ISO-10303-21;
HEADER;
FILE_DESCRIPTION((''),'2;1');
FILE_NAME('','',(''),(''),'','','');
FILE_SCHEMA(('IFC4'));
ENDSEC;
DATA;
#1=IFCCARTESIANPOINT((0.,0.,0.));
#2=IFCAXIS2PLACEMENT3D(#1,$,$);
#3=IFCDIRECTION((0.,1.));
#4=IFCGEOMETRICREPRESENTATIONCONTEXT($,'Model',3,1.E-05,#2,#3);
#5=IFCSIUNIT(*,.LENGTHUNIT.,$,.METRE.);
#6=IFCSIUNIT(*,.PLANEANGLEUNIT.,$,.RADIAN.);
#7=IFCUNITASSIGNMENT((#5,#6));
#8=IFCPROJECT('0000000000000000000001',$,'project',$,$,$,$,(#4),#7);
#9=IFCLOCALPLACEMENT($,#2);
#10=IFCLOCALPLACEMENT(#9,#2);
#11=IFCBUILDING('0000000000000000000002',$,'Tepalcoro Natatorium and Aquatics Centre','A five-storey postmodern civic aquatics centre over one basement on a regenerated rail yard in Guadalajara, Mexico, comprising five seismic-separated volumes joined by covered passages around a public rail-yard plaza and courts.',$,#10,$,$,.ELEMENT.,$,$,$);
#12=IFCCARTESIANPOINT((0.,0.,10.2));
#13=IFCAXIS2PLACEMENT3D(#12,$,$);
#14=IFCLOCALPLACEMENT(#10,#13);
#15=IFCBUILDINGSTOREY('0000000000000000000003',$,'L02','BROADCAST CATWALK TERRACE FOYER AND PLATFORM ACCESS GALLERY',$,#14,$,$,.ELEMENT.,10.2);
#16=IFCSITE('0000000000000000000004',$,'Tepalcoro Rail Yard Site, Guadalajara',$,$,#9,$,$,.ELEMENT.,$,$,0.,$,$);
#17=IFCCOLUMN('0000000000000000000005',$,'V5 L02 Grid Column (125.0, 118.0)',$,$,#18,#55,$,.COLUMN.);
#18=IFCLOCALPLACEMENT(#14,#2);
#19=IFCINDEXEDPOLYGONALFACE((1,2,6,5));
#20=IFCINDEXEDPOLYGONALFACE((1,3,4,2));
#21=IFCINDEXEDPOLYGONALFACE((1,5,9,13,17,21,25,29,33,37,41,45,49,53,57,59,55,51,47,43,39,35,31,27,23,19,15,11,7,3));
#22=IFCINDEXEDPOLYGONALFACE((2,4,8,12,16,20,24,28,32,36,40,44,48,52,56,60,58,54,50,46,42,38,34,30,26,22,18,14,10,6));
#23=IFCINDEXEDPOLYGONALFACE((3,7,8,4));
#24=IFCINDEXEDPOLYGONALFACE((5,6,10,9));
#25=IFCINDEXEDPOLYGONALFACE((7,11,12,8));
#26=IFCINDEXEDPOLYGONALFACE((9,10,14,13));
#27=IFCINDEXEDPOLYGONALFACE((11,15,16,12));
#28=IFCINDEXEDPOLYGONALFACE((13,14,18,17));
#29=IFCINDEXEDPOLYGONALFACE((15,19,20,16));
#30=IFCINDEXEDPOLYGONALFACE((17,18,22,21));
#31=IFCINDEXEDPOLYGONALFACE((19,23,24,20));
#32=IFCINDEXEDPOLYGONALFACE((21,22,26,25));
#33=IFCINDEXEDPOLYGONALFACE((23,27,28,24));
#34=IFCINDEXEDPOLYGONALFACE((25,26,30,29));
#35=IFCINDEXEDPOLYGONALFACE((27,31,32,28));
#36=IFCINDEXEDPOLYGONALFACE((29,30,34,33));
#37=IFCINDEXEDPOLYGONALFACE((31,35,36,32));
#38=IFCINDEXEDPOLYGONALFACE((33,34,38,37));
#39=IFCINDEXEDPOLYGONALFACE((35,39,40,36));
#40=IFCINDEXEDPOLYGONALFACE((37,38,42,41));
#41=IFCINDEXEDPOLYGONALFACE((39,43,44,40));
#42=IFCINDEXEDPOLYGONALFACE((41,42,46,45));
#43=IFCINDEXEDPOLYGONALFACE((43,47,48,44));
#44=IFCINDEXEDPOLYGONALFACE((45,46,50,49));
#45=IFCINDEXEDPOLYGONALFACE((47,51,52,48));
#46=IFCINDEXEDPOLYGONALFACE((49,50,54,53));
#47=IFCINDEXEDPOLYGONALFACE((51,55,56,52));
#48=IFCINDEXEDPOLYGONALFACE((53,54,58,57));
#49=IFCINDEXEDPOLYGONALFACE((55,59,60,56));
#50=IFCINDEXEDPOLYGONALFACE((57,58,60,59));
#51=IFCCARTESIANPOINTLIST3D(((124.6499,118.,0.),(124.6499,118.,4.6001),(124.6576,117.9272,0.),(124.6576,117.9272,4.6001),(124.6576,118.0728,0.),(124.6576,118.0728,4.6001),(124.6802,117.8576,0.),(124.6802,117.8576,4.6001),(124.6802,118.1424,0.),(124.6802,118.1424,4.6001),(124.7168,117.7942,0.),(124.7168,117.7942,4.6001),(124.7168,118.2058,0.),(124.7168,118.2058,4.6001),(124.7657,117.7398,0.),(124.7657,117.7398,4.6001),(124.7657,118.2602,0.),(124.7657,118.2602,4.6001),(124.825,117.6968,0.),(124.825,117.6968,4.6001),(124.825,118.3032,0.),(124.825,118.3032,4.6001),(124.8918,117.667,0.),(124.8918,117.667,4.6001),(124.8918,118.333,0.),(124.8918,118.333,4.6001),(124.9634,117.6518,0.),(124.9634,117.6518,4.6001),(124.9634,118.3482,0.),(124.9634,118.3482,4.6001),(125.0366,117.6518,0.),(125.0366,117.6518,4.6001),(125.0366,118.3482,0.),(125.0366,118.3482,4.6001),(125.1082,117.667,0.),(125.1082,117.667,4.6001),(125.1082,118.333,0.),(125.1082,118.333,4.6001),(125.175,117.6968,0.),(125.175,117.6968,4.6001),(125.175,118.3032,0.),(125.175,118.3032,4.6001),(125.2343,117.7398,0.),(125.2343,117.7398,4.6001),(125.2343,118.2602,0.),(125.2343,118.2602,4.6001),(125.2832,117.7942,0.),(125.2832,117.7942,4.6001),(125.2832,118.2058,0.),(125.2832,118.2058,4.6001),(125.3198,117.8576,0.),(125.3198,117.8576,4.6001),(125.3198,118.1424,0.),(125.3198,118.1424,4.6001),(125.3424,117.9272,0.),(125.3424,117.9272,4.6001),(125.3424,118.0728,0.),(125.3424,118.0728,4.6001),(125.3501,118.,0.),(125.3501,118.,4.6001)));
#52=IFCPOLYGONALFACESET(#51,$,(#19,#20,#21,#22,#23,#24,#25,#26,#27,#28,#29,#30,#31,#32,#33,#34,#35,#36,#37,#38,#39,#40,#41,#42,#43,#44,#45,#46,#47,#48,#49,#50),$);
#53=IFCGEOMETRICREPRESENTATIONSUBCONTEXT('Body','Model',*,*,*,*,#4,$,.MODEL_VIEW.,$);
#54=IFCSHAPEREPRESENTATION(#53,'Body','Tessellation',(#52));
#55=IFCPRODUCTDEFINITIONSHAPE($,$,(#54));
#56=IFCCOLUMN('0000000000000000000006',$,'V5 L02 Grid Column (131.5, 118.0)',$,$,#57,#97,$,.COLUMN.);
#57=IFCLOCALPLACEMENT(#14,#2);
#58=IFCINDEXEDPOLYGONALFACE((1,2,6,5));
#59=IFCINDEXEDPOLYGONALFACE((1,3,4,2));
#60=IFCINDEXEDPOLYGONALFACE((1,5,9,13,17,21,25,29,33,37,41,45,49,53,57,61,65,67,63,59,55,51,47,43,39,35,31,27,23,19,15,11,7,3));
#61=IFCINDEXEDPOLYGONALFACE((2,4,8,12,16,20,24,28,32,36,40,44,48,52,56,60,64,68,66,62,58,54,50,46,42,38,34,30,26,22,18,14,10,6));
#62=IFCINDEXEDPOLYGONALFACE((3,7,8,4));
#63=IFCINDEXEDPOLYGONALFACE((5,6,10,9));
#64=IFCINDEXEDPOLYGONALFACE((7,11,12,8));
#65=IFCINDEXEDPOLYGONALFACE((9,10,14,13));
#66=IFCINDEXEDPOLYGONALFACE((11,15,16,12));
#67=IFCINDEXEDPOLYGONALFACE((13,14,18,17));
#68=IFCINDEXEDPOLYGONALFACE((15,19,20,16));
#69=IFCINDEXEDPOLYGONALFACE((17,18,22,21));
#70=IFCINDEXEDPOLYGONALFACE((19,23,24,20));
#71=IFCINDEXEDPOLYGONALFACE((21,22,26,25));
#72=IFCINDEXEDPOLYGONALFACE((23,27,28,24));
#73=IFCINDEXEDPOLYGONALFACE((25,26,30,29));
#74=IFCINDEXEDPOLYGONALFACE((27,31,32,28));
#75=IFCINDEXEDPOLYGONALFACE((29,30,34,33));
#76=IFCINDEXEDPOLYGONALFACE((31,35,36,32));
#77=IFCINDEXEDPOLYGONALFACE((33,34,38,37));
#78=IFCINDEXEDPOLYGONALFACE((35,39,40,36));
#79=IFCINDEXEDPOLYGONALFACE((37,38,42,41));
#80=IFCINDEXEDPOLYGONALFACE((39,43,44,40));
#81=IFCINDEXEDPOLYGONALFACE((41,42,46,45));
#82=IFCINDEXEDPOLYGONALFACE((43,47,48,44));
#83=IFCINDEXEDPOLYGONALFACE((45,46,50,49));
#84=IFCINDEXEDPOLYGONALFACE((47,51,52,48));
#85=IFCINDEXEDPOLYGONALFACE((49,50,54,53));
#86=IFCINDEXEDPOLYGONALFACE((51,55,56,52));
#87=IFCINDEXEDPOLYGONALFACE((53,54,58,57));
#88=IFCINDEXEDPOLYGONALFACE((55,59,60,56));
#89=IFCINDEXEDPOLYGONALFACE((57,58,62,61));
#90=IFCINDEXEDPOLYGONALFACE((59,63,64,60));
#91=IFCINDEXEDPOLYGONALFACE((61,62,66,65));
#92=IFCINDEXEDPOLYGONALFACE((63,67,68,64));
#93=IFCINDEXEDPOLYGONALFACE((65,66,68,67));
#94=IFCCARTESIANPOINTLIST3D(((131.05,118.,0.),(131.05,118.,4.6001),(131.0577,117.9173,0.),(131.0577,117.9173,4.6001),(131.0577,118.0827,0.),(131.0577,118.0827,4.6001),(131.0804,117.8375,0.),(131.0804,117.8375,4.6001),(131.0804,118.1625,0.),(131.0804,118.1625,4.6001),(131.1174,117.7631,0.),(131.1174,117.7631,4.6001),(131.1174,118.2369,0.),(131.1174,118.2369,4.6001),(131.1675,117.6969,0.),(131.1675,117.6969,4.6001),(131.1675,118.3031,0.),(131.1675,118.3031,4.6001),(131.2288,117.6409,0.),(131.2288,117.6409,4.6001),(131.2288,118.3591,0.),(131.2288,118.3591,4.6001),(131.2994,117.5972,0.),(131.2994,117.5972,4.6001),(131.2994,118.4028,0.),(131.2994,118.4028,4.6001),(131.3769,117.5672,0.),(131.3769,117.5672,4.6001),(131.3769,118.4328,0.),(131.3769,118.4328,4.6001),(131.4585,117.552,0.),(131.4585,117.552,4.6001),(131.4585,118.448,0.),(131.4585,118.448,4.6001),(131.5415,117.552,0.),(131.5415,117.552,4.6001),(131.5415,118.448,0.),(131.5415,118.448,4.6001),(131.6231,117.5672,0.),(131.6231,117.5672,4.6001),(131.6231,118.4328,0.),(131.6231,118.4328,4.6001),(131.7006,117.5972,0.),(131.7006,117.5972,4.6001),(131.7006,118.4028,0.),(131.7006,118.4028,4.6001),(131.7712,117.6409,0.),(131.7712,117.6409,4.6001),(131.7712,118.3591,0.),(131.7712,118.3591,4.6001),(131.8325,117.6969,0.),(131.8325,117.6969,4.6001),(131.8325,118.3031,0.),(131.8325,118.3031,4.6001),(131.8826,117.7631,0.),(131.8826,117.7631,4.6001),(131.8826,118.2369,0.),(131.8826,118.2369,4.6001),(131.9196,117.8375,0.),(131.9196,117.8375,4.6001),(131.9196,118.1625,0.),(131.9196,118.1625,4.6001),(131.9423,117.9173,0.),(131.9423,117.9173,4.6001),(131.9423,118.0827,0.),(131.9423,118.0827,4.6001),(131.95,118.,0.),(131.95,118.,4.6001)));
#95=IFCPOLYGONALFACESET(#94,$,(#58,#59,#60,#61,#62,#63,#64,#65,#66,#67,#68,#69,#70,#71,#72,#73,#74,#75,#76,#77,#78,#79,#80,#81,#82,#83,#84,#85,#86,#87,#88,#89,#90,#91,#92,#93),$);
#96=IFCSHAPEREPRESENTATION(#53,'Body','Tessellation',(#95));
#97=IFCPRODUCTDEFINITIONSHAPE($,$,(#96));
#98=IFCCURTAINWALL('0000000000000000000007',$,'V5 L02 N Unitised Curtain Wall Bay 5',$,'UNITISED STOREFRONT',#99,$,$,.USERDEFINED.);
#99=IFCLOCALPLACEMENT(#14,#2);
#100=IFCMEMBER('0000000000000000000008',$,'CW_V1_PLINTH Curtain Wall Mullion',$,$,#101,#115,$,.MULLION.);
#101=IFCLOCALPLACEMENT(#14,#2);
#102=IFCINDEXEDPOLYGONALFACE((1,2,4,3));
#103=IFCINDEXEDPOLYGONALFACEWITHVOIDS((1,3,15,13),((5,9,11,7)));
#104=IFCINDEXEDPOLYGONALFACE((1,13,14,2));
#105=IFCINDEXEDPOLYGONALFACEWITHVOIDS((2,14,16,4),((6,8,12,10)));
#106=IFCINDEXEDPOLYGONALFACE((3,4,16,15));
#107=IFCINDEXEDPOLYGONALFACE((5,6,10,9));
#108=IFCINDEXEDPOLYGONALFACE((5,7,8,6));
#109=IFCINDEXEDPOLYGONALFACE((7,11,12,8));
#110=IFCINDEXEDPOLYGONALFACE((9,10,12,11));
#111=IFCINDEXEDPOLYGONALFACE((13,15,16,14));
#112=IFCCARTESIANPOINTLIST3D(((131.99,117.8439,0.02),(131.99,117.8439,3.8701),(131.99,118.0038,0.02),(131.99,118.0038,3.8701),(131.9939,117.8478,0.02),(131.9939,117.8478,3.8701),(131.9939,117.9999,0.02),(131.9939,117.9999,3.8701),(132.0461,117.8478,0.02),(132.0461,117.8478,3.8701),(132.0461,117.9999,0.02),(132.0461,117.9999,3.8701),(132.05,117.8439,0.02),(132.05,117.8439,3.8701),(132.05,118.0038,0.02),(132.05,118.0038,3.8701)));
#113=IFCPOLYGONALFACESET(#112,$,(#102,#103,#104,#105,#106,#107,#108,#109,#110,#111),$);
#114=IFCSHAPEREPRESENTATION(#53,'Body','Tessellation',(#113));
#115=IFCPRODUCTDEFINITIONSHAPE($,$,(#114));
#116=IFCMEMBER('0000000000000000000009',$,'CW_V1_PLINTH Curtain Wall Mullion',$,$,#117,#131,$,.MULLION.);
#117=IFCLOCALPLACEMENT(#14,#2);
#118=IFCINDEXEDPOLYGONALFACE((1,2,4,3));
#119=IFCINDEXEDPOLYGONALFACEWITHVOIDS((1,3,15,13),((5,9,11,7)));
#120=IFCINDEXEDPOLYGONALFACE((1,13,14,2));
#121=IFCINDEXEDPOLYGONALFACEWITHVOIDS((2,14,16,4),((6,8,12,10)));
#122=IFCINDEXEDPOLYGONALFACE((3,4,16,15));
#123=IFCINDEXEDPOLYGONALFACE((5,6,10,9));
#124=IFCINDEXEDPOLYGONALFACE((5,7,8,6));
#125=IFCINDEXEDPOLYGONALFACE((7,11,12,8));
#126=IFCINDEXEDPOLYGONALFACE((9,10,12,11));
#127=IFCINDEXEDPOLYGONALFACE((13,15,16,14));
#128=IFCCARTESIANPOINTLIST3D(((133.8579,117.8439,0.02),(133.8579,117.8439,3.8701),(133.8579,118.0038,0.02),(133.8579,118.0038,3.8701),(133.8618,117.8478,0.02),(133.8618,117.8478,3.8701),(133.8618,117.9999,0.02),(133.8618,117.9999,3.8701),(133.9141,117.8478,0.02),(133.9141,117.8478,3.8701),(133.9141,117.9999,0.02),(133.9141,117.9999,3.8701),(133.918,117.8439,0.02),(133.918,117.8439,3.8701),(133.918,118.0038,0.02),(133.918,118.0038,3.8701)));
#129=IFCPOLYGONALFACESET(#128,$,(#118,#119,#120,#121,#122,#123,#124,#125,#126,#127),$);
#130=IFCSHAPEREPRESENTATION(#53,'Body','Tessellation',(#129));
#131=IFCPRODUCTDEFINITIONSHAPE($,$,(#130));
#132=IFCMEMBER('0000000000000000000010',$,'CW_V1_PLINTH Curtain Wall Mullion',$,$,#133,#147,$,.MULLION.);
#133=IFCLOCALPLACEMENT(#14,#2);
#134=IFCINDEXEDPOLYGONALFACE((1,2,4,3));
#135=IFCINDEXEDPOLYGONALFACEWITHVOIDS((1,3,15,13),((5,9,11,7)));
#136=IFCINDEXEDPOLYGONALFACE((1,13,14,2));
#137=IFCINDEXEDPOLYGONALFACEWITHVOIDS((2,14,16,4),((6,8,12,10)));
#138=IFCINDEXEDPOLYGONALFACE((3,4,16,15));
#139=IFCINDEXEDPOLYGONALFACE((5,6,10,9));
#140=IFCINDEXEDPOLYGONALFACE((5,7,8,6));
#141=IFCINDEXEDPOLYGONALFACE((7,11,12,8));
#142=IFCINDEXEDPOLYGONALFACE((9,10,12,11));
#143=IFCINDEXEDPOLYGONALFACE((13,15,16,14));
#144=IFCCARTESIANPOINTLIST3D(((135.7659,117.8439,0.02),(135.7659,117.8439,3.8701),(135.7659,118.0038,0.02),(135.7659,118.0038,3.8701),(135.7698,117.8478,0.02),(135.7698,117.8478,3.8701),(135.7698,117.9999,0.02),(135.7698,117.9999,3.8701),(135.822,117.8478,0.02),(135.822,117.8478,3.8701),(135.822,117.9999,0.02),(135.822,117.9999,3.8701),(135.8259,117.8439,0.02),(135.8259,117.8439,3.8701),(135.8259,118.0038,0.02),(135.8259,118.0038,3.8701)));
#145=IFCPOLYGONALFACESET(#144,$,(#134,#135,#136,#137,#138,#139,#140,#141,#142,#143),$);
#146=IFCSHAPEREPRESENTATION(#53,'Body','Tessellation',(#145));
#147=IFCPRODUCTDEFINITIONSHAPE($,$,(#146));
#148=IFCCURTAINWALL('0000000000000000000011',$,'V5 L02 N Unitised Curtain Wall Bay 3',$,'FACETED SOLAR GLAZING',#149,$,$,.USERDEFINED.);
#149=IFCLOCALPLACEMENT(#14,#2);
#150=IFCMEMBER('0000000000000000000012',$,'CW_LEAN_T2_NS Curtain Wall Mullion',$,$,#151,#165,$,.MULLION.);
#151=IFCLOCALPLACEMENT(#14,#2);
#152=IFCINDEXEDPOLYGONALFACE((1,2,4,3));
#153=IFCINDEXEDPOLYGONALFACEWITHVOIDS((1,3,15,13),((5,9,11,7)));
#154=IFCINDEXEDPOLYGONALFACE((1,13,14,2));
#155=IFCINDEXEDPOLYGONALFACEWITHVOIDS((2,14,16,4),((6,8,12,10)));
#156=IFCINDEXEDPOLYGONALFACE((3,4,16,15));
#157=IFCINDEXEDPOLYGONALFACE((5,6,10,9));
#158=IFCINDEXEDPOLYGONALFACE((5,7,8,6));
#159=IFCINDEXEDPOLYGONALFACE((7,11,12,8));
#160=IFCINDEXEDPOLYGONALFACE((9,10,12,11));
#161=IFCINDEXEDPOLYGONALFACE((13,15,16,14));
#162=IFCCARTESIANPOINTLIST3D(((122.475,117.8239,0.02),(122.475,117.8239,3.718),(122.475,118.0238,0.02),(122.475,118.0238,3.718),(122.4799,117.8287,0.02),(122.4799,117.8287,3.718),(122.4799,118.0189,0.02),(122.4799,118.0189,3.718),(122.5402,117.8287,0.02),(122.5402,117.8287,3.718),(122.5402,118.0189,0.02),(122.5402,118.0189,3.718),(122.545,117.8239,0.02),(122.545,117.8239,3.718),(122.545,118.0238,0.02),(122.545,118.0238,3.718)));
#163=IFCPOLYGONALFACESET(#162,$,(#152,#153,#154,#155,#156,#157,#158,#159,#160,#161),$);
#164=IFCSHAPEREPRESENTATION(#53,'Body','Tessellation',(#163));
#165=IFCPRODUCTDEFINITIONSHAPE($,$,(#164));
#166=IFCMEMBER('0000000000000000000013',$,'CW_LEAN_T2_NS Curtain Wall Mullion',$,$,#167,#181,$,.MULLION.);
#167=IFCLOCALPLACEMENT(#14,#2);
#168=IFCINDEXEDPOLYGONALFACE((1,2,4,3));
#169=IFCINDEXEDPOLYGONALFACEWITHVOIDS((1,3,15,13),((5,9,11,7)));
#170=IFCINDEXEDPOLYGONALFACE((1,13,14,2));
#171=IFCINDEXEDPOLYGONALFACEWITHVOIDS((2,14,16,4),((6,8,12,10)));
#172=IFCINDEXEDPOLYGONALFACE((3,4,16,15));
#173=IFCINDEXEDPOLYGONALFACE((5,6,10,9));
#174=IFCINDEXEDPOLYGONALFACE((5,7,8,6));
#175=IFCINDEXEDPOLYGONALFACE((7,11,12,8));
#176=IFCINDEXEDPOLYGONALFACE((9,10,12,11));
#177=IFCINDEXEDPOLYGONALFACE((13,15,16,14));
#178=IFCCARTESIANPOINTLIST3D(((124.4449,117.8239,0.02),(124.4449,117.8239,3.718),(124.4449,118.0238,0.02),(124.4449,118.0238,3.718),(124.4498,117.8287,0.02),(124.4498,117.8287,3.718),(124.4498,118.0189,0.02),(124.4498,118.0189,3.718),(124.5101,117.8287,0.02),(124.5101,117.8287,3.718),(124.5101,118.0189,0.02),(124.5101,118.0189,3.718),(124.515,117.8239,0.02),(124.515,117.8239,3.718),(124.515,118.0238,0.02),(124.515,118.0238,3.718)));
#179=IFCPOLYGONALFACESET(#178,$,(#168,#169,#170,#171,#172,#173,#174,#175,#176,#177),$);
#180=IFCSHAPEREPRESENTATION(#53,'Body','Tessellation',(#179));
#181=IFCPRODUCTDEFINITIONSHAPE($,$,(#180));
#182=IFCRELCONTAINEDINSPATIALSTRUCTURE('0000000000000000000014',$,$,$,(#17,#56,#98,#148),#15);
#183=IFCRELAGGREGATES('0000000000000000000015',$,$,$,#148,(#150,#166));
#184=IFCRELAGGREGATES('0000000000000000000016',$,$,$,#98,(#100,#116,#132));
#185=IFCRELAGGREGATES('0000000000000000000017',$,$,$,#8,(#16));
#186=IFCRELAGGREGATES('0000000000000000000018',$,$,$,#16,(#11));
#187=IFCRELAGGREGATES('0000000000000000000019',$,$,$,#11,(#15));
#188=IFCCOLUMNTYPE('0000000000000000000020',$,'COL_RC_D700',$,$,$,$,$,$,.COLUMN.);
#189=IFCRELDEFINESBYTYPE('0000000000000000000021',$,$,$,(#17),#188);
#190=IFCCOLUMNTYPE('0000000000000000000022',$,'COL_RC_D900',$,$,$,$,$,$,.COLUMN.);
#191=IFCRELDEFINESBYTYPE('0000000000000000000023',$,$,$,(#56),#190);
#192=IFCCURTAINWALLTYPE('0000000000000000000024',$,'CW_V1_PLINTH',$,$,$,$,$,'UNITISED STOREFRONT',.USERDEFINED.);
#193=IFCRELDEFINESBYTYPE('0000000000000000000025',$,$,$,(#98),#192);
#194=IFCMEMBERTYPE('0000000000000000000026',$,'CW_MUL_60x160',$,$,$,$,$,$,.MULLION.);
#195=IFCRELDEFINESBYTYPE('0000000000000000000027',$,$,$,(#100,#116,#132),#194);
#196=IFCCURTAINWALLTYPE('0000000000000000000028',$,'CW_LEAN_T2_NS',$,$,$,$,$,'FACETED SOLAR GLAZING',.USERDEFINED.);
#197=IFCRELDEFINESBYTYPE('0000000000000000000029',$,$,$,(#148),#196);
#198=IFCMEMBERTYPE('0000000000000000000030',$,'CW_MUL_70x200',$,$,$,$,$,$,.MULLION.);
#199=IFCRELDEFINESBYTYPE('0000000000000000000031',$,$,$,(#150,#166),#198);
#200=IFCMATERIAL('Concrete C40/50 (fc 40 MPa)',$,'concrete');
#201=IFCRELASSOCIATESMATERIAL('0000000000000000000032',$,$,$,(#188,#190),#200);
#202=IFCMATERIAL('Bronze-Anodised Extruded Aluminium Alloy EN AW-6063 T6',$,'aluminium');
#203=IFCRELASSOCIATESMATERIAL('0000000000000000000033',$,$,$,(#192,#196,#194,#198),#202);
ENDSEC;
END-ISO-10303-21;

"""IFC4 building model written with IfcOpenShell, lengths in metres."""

from ifc_helpers import new_model, si_unit, direction, frame, origin, origin_2d, place, context, subcontext, project, spatial, hollow_rectangle, circle, extrude, material, material_profile, profile_set, type_object, element, aggregate, save


model = new_model("IFC4")

# Units and contexts
model_context = context("Model", 3, precision=1e-05, world=origin(), true_north=direction((0.0, 1.0)))
body_context = subcontext(model_context, "Body", "Model", "MODEL_VIEW")
ifc_project = project(units=[si_unit("LENGTHUNIT", "METRE"), si_unit("PLANEANGLEUNIT", "RADIAN")], contexts=[model_context])

# Site, building, storey
site_placement = place(None, origin())
site = spatial("IfcSite", under=ifc_project, at=site_placement, Name="Tepalcoro Rail Yard Site, Guadalajara", CompositionType="ELEMENT", RefElevation=0.0)
building_placement = place(site_placement, origin())
building = spatial("IfcBuilding", under=site, at=building_placement, Name="Tepalcoro Natatorium and Aquatics Centre", Description="A five-storey postmodern civic aquatics centre over one basement on a regenerated rail yard in Guadalajara, Mexico, comprising five seismic-separated volumes joined by covered passages around a public rail-yard plaza and courts.", CompositionType="ELEMENT")
storey_placement = place(building_placement, frame((0.0, 0.0, 10.2)))
storey = spatial("IfcBuildingStorey", under=building, at=storey_placement, Name="L02", Description="BROADCAST CATWALK TERRACE FOYER AND PLATFORM ACCESS GALLERY", CompositionType="ELEMENT", Elevation=10.2)

# Columns
ifc_material_1 = material(Name="Concrete C40/50 (fc 40 MPa)", Category="concrete")
ifc_material_profile_1 = material_profile(ifc_material_1, circle(Radius=0.3501, at=origin_2d()), Name="RCD700")
ifc_profile_set_1 = profile_set([ifc_material_profile_1], Name="Concrete C40/50 (fc 40 MPa)")
column_type_1 = type_object("IfcColumnType", Name="COL_RC_D700", PredefinedType="COLUMN", material=ifc_profile_set_1)
column_1_placement = place(storey_placement, frame((125.0, 118.0, 0.0), z_axis=(0.0, 0.0, 1.0), x_axis=(1.0, 0.0, 0.0)))
element("IfcColumn", 1, at=column_1_placement, inside=storey, type_object=column_type_1, Name="V5 L02 Grid Column (125.0, 118.0)", PredefinedType="COLUMN", context=body_context, shape_type="SweptSolid", body=[
    extrude(circle(Radius=0.3501, at=origin_2d()), origin(), (0.0, 0.0, 1.0), 4.6001),
])
ifc_material_profile_2 = material_profile(ifc_material_1, circle(Radius=0.45, at=origin_2d()), Name="RCD900")
ifc_profile_set_2 = profile_set([ifc_material_profile_2], Name="Concrete C40/50 (fc 40 MPa)")
column_type_2 = type_object("IfcColumnType", Name="COL_RC_D900", PredefinedType="COLUMN", material=ifc_profile_set_2)
column_2_placement = place(storey_placement, frame((131.5, 118.0, 0.0), z_axis=(0.0, 0.0, 1.0), x_axis=(1.0, 0.0, 0.0)))
element("IfcColumn", 2, at=column_2_placement, inside=storey, type_object=column_type_2, Name="V5 L02 Grid Column (131.5, 118.0)", PredefinedType="COLUMN", context=body_context, shape_type="SweptSolid", body=[
    extrude(circle(Radius=0.45, at=origin_2d()), origin(), (0.0, 0.0, 1.0), 4.6001),
])

# Curtain walls, members
ifc_material_2 = material(Name="Bronze-Anodised Extruded Aluminium Alloy EN AW-6063 T6", Category="aluminium")
curtain_wall_type_1 = type_object("IfcCurtainWallType", Name="CW_V1_PLINTH", ElementType="UNITISED STOREFRONT", PredefinedType="USERDEFINED", material=ifc_material_2)
curtain_wall_1_placement = place(storey_placement, origin())
curtain_wall_1 = element("IfcCurtainWall", 3, at=curtain_wall_1_placement, inside=storey, type_object=curtain_wall_type_1, Name="V5 L02 N Unitised Curtain Wall Bay 5", ObjectType="UNITISED STOREFRONT", PredefinedType="USERDEFINED")
ifc_material_profile_3 = material_profile(ifc_material_2, hollow_rectangle(XDim=0.0601, YDim=0.1599, WallThickness=0.0039, at=origin_2d()), Name="AL60X160X4")
ifc_profile_set_3 = profile_set([ifc_material_profile_3], Name="Bronze-Anodised Extruded Aluminium Alloy EN AW-6063 T6")
member_type_1 = type_object("IfcMemberType", Name="CW_MUL_60x160", PredefinedType="MULLION", material=ifc_profile_set_3)
member_1_placement = place(storey_placement, frame((132.02, 117.9238, 0.02), z_axis=(0.0, 0.0, 1.0), x_axis=(1.0, 0.0, 0.0)))
member_1 = element("IfcMember", 4, at=member_1_placement, type_object=member_type_1, Name="CW_V1_PLINTH Curtain Wall Mullion", PredefinedType="MULLION", context=body_context, shape_type="SweptSolid", body=[
    extrude(hollow_rectangle(XDim=0.0601, YDim=0.1599, WallThickness=0.0039, at=origin_2d()), origin(), (0.0, 0.0, 1.0), 3.8501),
])
member_2_placement = place(storey_placement, frame((133.8879, 117.9238, 0.02), z_axis=(0.0, 0.0, 1.0), x_axis=(1.0, 0.0, 0.0)))
member_2 = element("IfcMember", 5, at=member_2_placement, type_object=member_type_1, Name="CW_V1_PLINTH Curtain Wall Mullion", PredefinedType="MULLION", context=body_context, shape_type="SweptSolid", body=[
    extrude(hollow_rectangle(XDim=0.0601, YDim=0.1599, WallThickness=0.0039, at=origin_2d()), origin(), (0.0, 0.0, 1.0), 3.8501),
])
member_3_placement = place(storey_placement, frame((135.7959, 117.9238, 0.02), z_axis=(0.0, 0.0, 1.0), x_axis=(1.0, 0.0, 0.0)))
member_3 = element("IfcMember", 6, at=member_3_placement, type_object=member_type_1, Name="CW_V1_PLINTH Curtain Wall Mullion", PredefinedType="MULLION", context=body_context, shape_type="SweptSolid", body=[
    extrude(hollow_rectangle(XDim=0.0601, YDim=0.1599, WallThickness=0.0039, at=origin_2d()), origin(), (0.0, 0.0, 1.0), 3.8501),
])
curtain_wall_type_2 = type_object("IfcCurtainWallType", Name="CW_LEAN_T2_NS", ElementType="FACETED SOLAR GLAZING", PredefinedType="USERDEFINED", material=ifc_material_2)
curtain_wall_2_placement = place(storey_placement, origin())
curtain_wall_2 = element("IfcCurtainWall", 7, at=curtain_wall_2_placement, inside=storey, type_object=curtain_wall_type_2, Name="V5 L02 N Unitised Curtain Wall Bay 3", ObjectType="FACETED SOLAR GLAZING", PredefinedType="USERDEFINED")
ifc_material_profile_4 = material_profile(ifc_material_2, hollow_rectangle(XDim=0.0701, YDim=0.2, WallThickness=0.0049, at=origin_2d()), Name="AL70X200X5")
ifc_profile_set_4 = profile_set([ifc_material_profile_4], Name="Bronze-Anodised Extruded Aluminium Alloy EN AW-6063 T6")
member_type_2 = type_object("IfcMemberType", Name="CW_MUL_70x200", PredefinedType="MULLION", material=ifc_profile_set_4)
member_4_placement = place(storey_placement, frame((122.51, 117.9238, 0.02), z_axis=(0.0, 0.0, 1.0), x_axis=(1.0, 0.0, 0.0)))
member_4 = element("IfcMember", 8, at=member_4_placement, type_object=member_type_2, Name="CW_LEAN_T2_NS Curtain Wall Mullion", PredefinedType="MULLION", context=body_context, shape_type="SweptSolid", body=[
    extrude(hollow_rectangle(XDim=0.0701, YDim=0.2, WallThickness=0.0049, at=origin_2d()), origin(), (0.0, 0.0, 1.0), 3.698),
])
member_5_placement = place(storey_placement, frame((124.48, 117.9238, 0.02), z_axis=(0.0, 0.0, 1.0), x_axis=(1.0, 0.0, 0.0)))
member_5 = element("IfcMember", 9, at=member_5_placement, type_object=member_type_2, Name="CW_LEAN_T2_NS Curtain Wall Mullion", PredefinedType="MULLION", context=body_context, shape_type="SweptSolid", body=[
    extrude(hollow_rectangle(XDim=0.0701, YDim=0.2, WallThickness=0.0049, at=origin_2d()), origin(), (0.0, 0.0, 1.0), 3.698),
])

aggregate(curtain_wall_2, [member_4, member_5])
aggregate(curtain_wall_1, [member_1, member_2, member_3])

save(model, "model.ifc")
